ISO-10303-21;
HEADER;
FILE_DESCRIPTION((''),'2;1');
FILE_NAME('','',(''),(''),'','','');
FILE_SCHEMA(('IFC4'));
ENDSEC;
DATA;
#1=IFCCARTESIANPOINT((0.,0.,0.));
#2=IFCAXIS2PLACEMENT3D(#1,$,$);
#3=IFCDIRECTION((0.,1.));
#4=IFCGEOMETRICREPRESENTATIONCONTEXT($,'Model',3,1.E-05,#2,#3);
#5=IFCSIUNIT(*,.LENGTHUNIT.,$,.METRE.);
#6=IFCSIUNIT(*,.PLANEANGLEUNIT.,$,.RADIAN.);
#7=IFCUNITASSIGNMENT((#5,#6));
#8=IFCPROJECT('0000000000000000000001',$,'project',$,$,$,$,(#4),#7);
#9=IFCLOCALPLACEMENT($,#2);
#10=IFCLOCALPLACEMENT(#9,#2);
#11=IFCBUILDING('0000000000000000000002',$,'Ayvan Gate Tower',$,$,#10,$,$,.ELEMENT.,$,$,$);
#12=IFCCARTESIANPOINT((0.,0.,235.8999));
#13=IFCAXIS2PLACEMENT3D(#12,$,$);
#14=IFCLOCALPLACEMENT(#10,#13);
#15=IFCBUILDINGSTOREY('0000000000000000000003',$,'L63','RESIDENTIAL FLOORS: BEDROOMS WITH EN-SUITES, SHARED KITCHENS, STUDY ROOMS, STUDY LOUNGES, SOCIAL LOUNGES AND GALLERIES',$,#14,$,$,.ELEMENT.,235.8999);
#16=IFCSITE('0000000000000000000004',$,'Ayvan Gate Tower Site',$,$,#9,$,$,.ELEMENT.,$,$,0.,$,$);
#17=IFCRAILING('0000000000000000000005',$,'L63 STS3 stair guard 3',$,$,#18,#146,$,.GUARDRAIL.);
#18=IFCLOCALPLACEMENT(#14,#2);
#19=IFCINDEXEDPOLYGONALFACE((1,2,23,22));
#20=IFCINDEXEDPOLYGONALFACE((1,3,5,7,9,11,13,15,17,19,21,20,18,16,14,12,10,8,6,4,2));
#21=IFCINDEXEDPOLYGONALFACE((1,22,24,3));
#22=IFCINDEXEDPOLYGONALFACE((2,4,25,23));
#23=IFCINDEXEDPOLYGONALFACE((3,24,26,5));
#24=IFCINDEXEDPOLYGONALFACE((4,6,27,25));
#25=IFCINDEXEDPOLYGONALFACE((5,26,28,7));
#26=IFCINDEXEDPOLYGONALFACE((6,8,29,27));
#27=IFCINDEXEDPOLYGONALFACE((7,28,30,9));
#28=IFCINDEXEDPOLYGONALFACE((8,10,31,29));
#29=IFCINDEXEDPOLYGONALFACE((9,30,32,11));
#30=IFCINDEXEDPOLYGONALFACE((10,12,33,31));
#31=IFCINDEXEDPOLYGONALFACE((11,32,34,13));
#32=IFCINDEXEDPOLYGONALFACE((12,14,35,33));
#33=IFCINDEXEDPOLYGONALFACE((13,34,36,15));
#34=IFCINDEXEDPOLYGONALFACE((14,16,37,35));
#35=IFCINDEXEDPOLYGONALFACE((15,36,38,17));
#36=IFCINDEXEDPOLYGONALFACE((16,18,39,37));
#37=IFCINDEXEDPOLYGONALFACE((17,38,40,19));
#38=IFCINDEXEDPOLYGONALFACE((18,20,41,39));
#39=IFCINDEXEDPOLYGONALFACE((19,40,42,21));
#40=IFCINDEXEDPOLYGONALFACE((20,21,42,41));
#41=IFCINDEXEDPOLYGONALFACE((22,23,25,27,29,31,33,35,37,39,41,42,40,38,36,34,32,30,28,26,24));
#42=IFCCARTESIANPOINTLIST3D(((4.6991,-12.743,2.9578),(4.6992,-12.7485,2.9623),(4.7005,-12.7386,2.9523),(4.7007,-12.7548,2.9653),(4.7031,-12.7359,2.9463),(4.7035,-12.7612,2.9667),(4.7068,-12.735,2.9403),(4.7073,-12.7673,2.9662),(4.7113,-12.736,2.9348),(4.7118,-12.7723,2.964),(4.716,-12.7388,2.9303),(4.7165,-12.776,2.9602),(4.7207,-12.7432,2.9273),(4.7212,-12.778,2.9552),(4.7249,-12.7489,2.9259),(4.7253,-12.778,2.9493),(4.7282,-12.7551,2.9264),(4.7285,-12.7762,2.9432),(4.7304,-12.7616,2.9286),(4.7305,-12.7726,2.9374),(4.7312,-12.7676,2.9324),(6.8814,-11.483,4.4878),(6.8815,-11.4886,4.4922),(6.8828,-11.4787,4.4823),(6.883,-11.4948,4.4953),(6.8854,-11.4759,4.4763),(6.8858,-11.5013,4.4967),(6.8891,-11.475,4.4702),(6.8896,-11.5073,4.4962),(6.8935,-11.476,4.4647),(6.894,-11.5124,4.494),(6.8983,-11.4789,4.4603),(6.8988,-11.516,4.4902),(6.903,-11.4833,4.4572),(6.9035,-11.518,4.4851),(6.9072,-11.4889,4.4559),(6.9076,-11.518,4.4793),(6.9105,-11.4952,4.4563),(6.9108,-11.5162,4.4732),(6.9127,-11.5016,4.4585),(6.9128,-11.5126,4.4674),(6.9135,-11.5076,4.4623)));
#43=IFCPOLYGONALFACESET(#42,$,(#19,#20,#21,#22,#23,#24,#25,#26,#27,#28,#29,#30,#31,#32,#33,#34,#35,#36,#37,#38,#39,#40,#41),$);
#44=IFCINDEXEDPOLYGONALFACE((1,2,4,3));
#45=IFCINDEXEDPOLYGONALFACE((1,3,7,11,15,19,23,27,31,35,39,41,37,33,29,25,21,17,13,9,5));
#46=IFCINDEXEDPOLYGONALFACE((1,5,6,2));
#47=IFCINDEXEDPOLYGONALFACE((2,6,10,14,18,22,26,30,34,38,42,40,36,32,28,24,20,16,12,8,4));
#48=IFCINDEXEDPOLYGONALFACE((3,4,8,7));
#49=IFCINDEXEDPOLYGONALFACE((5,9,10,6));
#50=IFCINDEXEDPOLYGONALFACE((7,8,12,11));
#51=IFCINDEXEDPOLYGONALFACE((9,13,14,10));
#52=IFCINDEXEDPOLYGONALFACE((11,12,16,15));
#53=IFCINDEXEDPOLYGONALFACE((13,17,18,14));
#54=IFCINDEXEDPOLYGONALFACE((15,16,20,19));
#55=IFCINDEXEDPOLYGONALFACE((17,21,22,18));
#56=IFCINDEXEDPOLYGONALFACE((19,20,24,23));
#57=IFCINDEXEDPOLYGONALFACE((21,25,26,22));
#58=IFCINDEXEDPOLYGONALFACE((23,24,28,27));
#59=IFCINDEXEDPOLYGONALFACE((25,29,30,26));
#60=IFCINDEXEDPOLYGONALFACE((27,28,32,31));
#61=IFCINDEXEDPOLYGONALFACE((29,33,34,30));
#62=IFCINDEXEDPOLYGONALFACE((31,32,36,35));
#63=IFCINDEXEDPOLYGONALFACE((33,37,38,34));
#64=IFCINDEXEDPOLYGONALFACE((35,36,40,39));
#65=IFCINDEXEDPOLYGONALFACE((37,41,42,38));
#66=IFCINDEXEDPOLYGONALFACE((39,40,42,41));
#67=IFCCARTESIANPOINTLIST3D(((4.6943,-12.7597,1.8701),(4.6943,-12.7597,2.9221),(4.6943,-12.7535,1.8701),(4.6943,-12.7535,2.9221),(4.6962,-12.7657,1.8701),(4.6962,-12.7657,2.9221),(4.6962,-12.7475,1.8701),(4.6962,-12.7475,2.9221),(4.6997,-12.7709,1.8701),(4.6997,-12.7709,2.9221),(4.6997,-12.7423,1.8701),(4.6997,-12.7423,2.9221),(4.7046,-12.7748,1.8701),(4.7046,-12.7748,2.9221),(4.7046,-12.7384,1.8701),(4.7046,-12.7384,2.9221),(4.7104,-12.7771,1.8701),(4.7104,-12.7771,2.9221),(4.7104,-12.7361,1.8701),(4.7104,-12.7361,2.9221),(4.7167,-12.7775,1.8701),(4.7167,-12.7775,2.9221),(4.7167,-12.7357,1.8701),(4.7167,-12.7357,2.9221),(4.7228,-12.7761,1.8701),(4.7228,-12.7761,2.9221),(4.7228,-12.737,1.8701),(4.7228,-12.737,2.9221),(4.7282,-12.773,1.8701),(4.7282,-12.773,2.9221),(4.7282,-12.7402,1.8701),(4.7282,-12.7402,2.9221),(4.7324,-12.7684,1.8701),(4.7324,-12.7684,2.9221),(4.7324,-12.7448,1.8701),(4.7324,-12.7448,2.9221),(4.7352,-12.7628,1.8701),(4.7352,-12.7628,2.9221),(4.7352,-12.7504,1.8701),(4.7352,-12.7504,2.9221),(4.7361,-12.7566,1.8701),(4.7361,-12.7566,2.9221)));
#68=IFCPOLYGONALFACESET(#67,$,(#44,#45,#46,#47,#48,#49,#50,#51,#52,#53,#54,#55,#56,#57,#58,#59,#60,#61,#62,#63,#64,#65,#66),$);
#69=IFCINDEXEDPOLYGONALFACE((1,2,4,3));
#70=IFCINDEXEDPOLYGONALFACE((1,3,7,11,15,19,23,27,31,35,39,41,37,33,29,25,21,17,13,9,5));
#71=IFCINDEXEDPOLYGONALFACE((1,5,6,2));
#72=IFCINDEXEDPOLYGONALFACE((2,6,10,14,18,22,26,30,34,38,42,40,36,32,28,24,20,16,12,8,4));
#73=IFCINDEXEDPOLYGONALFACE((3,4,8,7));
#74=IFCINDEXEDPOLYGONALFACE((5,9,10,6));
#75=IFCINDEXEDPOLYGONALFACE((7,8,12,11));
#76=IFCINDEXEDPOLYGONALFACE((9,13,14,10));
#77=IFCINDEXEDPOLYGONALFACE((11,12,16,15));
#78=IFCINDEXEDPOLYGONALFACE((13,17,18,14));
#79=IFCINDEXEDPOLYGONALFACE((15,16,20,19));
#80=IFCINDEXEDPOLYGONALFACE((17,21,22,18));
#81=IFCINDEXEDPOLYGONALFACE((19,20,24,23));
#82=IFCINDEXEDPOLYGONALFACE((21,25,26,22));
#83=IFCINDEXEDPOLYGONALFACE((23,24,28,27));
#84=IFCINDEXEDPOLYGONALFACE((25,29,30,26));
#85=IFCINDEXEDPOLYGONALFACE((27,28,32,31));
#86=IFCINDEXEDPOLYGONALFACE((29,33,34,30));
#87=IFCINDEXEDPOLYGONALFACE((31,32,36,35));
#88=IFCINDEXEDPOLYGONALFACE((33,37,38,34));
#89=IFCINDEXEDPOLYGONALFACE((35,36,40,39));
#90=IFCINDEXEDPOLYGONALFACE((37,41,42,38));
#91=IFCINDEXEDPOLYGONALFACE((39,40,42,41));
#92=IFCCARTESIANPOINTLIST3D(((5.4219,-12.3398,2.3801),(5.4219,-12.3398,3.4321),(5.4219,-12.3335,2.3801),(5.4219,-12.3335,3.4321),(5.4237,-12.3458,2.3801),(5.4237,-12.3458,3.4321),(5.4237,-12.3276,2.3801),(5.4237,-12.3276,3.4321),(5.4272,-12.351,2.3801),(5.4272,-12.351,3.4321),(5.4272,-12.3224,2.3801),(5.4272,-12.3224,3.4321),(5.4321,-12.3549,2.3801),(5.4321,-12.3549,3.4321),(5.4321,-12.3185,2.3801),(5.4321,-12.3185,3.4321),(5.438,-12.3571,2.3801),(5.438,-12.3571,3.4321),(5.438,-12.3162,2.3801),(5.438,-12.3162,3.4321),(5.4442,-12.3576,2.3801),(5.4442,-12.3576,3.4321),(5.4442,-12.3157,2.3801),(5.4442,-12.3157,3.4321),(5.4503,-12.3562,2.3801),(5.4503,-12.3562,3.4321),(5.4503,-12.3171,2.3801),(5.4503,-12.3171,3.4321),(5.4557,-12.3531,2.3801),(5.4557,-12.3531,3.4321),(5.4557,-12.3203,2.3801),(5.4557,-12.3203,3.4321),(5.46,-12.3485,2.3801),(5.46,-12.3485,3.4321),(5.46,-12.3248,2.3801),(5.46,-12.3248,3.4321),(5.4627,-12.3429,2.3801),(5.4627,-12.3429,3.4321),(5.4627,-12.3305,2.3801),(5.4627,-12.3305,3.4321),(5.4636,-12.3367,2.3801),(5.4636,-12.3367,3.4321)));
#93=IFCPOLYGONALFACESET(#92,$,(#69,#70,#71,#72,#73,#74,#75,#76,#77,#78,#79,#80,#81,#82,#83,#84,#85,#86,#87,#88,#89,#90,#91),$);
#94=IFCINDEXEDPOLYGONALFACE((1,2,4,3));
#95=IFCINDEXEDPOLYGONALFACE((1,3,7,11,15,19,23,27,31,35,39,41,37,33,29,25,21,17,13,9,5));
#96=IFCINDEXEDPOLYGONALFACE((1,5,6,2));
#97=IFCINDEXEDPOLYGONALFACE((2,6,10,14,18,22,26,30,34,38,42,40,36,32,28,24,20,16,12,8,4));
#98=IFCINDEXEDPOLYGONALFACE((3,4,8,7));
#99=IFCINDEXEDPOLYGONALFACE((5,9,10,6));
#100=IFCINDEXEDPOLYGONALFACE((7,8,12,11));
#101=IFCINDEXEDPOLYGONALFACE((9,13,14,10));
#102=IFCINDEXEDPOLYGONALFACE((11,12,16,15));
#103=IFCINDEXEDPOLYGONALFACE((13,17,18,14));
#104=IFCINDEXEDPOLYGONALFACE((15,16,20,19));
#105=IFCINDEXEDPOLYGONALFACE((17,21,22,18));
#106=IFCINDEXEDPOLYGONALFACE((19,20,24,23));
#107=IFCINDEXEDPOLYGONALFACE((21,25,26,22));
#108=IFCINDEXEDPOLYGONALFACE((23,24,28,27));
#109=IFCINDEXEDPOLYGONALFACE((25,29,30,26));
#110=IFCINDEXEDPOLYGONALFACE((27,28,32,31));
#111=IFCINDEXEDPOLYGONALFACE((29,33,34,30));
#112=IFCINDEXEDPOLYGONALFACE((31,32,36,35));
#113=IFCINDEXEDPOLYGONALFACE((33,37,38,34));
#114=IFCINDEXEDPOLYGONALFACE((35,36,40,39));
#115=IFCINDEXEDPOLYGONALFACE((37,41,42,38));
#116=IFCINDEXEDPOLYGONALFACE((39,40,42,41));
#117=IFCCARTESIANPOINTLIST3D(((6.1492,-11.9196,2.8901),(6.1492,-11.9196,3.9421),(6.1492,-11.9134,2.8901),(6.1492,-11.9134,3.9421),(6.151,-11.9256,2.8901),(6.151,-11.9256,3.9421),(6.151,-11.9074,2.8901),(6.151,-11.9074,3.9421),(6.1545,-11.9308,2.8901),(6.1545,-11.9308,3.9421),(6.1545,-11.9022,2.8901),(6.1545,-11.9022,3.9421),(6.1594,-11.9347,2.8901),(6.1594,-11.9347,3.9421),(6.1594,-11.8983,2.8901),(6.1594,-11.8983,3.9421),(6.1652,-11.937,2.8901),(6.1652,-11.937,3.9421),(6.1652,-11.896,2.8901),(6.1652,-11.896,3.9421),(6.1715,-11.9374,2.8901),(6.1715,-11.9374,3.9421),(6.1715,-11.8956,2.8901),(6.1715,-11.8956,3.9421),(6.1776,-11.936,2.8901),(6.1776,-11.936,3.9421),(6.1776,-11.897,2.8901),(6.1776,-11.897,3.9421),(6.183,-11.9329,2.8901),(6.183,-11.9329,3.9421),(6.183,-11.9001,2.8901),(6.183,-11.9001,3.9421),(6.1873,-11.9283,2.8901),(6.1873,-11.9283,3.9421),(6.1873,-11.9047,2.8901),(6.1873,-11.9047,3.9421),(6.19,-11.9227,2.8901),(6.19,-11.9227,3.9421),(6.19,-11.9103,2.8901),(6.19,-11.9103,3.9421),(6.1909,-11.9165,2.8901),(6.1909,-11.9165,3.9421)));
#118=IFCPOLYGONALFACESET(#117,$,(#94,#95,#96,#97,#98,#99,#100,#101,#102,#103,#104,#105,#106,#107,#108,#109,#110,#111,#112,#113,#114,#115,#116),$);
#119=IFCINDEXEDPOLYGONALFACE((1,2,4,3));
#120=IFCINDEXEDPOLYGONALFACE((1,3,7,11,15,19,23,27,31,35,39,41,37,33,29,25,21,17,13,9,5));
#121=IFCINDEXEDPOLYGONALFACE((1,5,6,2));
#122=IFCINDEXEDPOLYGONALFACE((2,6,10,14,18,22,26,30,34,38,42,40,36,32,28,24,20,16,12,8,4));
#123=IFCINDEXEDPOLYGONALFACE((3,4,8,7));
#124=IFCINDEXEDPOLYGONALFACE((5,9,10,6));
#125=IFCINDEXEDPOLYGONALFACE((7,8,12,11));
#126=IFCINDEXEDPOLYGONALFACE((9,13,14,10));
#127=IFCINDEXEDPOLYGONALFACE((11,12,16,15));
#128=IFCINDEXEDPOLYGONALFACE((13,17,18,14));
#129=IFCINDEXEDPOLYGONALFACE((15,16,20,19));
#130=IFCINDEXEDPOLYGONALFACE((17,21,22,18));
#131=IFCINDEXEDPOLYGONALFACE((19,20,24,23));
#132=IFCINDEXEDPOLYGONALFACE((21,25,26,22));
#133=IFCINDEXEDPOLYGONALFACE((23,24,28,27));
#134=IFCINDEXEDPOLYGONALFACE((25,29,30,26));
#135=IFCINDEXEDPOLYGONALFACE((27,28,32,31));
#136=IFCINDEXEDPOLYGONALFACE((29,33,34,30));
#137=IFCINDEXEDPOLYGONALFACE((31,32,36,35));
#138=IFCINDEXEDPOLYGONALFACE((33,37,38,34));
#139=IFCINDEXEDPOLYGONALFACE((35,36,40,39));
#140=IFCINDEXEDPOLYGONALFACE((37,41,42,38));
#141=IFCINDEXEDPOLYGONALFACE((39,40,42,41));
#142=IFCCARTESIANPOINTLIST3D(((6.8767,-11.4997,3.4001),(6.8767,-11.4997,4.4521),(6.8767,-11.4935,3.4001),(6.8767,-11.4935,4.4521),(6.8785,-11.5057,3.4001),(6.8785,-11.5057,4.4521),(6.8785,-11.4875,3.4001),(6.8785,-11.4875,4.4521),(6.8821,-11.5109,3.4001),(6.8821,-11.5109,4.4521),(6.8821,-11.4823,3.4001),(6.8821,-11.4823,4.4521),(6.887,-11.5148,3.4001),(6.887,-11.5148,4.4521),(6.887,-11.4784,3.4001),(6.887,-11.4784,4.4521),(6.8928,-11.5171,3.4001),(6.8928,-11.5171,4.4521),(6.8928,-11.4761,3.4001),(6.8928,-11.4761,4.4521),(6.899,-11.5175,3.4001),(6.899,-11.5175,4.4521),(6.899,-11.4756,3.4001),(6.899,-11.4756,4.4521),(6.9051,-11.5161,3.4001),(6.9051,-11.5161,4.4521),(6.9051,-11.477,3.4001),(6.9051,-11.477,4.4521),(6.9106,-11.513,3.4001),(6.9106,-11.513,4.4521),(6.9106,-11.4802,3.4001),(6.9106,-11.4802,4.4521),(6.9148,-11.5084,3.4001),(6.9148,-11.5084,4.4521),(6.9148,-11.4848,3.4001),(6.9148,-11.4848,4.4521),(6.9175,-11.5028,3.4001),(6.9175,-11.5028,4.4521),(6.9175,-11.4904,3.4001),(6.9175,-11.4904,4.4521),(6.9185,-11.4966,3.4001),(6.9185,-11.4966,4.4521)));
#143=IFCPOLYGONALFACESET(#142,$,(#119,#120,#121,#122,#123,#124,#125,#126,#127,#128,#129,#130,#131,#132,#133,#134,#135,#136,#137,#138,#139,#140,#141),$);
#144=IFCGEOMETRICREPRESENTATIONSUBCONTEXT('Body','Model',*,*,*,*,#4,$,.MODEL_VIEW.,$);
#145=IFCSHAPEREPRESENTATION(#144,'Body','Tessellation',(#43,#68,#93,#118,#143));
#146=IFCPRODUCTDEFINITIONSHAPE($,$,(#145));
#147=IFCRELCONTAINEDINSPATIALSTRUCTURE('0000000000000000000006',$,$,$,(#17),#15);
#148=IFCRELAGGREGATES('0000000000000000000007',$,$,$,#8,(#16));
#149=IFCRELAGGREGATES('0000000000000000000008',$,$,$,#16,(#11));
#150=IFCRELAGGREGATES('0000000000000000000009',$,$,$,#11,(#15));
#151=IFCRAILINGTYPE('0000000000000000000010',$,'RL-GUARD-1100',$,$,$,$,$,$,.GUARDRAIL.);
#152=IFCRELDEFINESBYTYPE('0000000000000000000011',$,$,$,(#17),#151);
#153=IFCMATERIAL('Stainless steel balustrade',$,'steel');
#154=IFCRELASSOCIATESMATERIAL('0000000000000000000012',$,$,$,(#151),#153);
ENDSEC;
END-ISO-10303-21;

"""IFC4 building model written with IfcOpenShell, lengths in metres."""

from ifc_helpers import new_model, si_unit, direction, frame, origin, origin_2d, place, context, subcontext, project, spatial, circle, extrude, material, type_object, element, save


model = new_model("IFC4")

# Units and contexts
model_context = context("Model", 3, precision=1e-05, world=origin(), true_north=direction((0.0, 1.0)))
body_context = subcontext(model_context, "Body", "Model", "MODEL_VIEW")
ifc_project = project(units=[si_unit("LENGTHUNIT", "METRE"), si_unit("PLANEANGLEUNIT", "RADIAN")], contexts=[model_context])

# Site, building, storey
site_placement = place(None, origin())
site = spatial("IfcSite", under=ifc_project, at=site_placement, Name="Ayvan Gate Tower Site", CompositionType="ELEMENT", RefElevation=0.0)
building_placement = place(site_placement, origin())
building = spatial("IfcBuilding", under=site, at=building_placement, Name="Ayvan Gate Tower", CompositionType="ELEMENT")
storey_placement = place(building_placement, frame((0.0, 0.0, 235.8999)))
storey = spatial("IfcBuildingStorey", under=building, at=storey_placement, Name="L63", Description="RESIDENTIAL FLOORS: BEDROOMS WITH EN-SUITES, SHARED KITCHENS, STUDY ROOMS, STUDY LOUNGES, SOCIAL LOUNGES AND GALLERIES", CompositionType="ELEMENT", Elevation=235.8999)

# Railing
ifc_material_1 = material(Name="Stainless steel balustrade", Category="steel")
railing_type_1 = type_object("IfcRailingType", Name="RL-GUARD-1100", PredefinedType="GUARDRAIL", material=ifc_material_1)
railing_1_placement = place(storey_placement, frame((4.7151, -12.7566, 1.8701)))
element("IfcRailing", 1, at=railing_1_placement, inside=storey, type_object=railing_type_1, Name="L63 STS3 stair guard 3", PredefinedType="GUARDRAIL", context=body_context, shape_type="SweptSolid", body=[
    extrude(circle(Radius=0.0239, at=origin_2d()), frame((0.0, 0.0, 1.0762), z_axis=(0.740261, 0.427395, 0.518986), x_axis=(-0.500005, 0.866023, 0.0)), (0.0, 0.0, 1.0), 2.948),
    extrude(circle(Radius=0.021, at=origin_2d()), origin(), (0.0, 0.0, 1.0), 1.052),
    extrude(circle(Radius=0.021, at=origin_2d()), frame((0.7275, 0.4199, 0.51)), (0.0, 0.0, 1.0), 1.052),
    extrude(circle(Radius=0.021, at=origin_2d()), frame((1.4548, 0.8401, 1.02)), (0.0, 0.0, 1.0), 1.052),
    extrude(circle(Radius=0.021, at=origin_2d()), frame((2.1824, 1.26, 1.53)), (0.0, 0.0, 1.0), 1.052),
])

save(model, "model.ifc")
